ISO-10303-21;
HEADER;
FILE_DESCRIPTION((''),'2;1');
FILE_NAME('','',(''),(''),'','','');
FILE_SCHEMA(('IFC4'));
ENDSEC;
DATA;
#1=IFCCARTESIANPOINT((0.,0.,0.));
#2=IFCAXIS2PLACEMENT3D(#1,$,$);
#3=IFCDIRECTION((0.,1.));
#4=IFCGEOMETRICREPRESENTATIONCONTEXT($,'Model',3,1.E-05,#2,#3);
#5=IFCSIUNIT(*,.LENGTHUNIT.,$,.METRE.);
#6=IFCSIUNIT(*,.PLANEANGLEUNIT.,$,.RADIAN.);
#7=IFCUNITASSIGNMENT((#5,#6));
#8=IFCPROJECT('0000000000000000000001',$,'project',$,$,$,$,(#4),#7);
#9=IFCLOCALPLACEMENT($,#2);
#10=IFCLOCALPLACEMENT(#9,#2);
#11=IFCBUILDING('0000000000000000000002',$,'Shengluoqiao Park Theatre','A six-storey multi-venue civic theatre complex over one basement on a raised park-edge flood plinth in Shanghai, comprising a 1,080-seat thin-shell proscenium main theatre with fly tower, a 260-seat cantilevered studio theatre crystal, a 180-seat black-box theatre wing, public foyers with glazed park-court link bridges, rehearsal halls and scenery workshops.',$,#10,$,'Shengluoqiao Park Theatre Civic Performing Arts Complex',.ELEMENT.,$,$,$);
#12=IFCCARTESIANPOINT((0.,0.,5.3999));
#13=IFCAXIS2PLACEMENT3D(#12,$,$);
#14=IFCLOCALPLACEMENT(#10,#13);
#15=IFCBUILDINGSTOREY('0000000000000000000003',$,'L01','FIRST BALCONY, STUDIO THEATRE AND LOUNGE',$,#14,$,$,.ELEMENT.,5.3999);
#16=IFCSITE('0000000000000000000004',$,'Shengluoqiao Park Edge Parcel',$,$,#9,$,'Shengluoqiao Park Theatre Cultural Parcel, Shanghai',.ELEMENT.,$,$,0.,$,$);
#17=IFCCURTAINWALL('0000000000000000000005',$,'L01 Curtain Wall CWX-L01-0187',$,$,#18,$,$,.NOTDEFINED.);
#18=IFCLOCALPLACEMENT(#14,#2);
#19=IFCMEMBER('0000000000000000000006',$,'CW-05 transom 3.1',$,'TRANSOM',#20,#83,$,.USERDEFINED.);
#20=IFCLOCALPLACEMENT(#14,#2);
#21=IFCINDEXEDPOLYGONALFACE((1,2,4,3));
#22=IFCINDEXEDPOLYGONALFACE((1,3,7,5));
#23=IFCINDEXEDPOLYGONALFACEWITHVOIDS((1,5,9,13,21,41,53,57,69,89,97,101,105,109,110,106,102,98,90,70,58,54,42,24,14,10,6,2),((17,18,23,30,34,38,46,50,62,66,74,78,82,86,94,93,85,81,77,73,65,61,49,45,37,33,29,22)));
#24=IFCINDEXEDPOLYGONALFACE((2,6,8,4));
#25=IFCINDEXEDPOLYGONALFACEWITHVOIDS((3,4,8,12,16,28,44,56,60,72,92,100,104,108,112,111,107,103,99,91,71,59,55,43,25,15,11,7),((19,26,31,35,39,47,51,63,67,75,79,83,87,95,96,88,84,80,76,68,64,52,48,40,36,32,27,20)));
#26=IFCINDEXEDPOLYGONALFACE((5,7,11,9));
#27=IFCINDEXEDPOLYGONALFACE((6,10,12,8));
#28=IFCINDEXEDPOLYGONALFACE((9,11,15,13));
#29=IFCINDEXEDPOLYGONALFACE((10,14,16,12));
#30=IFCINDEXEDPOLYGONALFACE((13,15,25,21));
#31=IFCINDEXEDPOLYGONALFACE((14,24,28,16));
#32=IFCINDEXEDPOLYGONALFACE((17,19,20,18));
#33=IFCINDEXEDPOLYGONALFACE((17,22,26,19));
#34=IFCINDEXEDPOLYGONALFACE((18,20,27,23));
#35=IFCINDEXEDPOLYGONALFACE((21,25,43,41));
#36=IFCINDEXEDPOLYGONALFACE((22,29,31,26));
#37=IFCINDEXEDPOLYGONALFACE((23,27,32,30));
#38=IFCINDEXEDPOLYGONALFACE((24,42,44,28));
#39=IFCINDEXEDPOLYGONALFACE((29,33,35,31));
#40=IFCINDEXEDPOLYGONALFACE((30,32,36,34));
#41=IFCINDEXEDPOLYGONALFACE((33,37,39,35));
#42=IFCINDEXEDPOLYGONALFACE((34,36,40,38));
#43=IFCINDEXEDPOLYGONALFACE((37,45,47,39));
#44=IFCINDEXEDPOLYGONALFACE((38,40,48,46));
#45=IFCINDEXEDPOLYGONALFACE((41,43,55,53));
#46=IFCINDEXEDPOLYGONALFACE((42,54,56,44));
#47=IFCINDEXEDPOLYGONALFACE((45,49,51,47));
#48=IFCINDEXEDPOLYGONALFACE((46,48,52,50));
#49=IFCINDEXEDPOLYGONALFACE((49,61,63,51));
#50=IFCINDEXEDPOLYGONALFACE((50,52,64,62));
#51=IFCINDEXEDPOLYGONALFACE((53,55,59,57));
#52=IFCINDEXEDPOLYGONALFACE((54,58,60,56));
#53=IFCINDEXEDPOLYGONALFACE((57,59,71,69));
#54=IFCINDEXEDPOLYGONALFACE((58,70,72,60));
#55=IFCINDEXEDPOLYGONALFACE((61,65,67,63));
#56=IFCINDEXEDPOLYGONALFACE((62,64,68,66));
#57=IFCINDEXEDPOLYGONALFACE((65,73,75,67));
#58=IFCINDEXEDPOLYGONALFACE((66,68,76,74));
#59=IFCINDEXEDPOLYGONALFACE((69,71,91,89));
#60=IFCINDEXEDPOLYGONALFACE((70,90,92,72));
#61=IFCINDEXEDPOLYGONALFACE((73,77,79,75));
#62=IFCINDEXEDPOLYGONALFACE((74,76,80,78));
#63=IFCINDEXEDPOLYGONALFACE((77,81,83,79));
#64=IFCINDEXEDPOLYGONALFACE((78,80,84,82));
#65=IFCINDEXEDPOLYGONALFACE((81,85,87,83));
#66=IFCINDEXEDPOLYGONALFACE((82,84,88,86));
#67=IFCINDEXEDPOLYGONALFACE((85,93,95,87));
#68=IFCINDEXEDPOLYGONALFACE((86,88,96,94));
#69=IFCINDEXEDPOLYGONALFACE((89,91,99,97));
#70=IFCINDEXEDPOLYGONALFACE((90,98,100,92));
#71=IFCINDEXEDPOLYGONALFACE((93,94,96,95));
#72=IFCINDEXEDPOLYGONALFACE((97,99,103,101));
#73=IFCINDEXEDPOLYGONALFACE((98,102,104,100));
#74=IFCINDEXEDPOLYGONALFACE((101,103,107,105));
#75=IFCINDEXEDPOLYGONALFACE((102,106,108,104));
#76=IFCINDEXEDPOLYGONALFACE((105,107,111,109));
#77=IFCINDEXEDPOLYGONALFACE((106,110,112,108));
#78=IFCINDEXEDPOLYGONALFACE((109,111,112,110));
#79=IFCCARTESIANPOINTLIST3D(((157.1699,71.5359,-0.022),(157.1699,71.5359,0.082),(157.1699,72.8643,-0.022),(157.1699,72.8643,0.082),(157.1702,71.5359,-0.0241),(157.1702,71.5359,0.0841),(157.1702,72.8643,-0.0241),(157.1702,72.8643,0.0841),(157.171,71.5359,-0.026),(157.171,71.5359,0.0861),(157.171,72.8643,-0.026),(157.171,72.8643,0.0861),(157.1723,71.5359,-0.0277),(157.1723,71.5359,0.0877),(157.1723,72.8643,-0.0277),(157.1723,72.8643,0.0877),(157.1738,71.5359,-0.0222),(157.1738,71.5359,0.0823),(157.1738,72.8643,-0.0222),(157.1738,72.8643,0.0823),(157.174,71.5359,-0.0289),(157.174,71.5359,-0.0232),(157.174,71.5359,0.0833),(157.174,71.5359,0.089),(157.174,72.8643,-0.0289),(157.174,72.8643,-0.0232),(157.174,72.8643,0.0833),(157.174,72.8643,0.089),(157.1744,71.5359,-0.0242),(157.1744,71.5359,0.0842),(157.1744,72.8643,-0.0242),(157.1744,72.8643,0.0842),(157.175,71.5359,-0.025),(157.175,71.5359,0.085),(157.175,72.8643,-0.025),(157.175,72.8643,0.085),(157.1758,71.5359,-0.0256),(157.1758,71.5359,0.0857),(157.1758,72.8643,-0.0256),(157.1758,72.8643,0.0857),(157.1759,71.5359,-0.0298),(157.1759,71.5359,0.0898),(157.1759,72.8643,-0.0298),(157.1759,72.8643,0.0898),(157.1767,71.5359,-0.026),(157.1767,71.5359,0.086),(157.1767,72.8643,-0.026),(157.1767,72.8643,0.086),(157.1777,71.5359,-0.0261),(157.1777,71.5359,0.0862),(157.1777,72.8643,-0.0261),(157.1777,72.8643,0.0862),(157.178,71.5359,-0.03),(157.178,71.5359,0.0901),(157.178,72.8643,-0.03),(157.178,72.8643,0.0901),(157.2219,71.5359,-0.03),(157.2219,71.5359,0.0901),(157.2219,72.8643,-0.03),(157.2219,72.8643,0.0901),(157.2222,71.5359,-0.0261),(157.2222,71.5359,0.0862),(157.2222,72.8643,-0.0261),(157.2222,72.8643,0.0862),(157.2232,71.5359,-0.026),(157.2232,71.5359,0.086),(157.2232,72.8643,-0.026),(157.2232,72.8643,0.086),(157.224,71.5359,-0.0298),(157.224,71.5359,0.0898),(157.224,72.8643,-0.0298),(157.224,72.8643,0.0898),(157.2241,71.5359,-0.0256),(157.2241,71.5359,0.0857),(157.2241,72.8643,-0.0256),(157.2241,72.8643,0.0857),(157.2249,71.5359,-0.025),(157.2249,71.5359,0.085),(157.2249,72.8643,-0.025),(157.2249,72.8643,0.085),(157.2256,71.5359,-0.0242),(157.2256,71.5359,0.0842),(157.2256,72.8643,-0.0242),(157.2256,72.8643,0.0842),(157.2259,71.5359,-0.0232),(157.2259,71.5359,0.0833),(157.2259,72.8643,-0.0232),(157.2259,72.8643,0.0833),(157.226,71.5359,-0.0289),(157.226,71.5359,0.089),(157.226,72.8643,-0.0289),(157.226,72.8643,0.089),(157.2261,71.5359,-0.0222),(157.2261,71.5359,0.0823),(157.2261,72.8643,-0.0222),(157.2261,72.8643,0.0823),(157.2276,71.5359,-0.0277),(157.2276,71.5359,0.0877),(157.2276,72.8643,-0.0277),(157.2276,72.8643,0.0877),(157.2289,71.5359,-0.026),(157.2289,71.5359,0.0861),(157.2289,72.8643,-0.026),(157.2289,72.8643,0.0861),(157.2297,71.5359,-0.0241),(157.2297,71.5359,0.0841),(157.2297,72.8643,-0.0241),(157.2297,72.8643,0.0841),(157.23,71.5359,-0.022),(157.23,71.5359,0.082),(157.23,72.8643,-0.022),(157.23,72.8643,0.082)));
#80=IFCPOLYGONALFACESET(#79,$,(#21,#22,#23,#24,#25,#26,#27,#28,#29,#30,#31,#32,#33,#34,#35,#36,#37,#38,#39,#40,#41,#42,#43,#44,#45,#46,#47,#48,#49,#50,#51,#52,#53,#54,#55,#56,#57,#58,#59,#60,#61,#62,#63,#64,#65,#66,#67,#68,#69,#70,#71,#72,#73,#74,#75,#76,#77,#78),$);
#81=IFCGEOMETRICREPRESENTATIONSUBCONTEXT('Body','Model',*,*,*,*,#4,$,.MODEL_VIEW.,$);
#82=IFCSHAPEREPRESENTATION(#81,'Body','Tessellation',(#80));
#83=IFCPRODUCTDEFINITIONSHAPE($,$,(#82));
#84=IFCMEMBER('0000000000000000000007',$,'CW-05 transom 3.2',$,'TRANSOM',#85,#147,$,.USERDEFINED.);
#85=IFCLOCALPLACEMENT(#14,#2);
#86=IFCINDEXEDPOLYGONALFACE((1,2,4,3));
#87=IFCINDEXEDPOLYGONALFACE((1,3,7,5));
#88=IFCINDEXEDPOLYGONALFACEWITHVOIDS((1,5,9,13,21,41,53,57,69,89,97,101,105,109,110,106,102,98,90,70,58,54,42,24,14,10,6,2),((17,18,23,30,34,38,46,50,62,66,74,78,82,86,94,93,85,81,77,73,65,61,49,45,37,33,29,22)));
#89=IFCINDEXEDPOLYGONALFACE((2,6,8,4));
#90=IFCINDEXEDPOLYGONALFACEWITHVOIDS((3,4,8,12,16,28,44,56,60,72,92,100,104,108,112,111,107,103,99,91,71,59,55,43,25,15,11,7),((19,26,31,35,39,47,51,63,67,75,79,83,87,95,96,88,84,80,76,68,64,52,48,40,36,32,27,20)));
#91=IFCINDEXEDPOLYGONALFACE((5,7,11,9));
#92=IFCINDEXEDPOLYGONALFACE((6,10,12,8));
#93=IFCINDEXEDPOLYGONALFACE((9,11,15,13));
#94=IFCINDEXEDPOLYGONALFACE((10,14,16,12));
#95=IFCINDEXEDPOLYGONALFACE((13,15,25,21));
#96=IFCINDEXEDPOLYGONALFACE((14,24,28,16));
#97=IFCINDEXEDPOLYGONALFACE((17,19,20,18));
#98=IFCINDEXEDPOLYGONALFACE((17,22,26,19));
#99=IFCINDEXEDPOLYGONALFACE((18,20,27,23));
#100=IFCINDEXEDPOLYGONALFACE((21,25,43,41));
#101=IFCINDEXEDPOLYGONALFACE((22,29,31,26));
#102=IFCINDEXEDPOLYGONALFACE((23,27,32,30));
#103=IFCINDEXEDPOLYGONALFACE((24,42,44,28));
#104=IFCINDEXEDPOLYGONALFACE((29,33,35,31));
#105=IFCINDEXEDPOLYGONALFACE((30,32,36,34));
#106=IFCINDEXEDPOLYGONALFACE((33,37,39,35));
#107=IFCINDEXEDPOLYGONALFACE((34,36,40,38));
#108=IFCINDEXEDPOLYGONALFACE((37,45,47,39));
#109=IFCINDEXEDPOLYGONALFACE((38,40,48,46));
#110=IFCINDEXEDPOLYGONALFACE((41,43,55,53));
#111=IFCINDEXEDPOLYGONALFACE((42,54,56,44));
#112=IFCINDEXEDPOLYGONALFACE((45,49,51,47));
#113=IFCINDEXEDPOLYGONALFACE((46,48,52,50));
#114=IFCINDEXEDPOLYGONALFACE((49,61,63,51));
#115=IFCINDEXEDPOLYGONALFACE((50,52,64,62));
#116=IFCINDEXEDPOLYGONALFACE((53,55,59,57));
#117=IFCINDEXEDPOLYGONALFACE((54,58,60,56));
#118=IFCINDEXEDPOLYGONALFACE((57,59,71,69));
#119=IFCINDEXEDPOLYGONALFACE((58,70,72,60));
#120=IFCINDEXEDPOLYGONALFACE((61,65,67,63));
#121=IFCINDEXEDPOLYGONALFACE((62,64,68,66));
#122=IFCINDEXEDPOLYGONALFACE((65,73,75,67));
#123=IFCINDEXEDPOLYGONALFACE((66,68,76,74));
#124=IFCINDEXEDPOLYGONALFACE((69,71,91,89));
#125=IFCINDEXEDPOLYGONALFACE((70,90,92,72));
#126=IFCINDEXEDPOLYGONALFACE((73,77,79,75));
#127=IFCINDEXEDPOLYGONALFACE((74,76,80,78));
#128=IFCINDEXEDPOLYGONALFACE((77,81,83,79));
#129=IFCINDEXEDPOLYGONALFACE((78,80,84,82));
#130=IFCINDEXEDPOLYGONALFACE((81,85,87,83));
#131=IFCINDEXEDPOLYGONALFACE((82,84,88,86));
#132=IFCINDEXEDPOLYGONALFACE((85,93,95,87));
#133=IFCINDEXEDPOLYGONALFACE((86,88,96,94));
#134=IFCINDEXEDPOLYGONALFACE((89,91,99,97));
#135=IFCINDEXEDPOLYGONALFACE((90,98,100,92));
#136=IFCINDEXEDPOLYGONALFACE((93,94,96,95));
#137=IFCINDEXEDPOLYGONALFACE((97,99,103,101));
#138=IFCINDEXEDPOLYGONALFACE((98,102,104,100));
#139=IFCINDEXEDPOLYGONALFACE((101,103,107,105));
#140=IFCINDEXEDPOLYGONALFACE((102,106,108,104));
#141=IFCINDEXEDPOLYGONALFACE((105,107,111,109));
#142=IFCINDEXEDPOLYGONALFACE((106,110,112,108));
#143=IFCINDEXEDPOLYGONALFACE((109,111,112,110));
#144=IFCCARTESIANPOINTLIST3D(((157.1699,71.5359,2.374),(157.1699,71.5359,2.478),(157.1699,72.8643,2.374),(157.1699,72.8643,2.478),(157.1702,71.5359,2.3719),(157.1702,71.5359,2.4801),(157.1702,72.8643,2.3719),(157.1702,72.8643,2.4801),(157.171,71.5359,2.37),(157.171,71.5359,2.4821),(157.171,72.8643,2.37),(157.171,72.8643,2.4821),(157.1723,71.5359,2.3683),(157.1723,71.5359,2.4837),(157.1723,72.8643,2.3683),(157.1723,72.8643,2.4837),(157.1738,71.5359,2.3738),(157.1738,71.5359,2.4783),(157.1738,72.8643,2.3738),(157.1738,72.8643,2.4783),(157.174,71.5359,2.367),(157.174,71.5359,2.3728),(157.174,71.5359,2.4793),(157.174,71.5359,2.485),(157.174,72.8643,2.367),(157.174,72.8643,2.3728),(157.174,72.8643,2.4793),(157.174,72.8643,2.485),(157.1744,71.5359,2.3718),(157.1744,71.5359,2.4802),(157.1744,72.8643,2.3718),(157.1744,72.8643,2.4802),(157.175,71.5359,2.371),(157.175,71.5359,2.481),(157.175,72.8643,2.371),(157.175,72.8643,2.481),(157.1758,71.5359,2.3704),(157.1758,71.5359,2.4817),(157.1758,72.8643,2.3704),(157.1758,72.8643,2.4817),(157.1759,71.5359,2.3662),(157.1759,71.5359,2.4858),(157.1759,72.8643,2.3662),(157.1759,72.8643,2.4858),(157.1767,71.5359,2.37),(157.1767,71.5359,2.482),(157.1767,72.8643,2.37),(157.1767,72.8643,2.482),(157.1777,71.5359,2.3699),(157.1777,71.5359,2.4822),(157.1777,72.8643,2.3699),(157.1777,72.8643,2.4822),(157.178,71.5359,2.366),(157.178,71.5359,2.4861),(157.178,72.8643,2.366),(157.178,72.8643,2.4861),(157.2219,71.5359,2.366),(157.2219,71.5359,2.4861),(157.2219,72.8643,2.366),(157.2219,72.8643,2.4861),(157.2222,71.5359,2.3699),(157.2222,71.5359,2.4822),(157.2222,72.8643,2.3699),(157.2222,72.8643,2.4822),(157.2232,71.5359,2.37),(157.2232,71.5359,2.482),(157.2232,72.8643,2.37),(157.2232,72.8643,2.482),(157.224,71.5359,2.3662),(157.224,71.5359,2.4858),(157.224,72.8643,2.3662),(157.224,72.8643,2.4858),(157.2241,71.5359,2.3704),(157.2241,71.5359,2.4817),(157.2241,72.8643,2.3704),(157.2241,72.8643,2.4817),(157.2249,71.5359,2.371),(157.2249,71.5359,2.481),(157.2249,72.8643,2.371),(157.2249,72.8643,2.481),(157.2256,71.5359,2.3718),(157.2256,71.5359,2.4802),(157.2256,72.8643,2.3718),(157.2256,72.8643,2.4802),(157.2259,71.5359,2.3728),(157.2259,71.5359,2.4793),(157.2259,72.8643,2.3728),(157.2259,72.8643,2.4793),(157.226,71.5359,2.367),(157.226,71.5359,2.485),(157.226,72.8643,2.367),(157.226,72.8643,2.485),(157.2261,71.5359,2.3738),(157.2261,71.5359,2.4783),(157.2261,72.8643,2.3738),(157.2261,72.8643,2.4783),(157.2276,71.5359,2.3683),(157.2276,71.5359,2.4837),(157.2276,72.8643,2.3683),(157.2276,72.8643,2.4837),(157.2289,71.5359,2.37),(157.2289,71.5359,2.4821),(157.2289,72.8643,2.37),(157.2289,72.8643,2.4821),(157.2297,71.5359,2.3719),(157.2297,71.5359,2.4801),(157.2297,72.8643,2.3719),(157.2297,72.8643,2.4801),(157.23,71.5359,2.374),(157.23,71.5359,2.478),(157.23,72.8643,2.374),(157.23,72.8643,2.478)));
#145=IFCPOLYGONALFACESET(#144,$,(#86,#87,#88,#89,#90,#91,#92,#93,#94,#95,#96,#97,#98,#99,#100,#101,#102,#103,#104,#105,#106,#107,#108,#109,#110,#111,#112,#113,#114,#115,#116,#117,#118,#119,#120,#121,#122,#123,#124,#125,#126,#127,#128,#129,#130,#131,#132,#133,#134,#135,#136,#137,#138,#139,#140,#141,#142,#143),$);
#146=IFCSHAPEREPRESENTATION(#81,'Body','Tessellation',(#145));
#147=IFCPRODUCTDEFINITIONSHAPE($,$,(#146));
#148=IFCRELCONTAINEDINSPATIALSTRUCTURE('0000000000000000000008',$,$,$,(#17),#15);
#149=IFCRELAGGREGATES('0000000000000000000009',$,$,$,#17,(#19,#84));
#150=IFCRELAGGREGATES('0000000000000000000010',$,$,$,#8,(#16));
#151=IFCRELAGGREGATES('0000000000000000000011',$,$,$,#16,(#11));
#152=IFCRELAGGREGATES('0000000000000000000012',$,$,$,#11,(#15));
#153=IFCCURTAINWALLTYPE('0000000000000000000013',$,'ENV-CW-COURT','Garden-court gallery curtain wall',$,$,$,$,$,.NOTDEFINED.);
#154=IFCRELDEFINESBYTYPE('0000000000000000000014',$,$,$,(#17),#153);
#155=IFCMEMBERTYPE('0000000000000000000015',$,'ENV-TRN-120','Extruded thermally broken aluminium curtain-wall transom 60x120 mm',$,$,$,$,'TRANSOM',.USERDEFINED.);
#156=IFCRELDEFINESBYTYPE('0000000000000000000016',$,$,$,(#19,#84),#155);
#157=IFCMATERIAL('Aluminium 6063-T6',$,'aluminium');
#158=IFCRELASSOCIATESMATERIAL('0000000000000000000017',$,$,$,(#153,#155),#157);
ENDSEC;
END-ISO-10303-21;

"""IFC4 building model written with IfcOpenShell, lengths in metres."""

from ifc_helpers import new_model, si_unit, direction, frame, origin, origin_2d, place, context, subcontext, project, spatial, hollow_rectangle, extrude, material, material_profile, profile_set, type_object, element, aggregate, save


model = new_model("IFC4")

# Units and contexts
model_context = context("Model", 3, precision=1e-05, world=origin(), true_north=direction((0.0, 1.0)))
body_context = subcontext(model_context, "Body", "Model", "MODEL_VIEW")
ifc_project = project(units=[si_unit("LENGTHUNIT", "METRE"), si_unit("PLANEANGLEUNIT", "RADIAN")], contexts=[model_context])

# Site, building, storey
site_placement = place(None, origin())
site = spatial("IfcSite", under=ifc_project, at=site_placement, Name="Shengluoqiao Park Edge Parcel", LongName="Shengluoqiao Park Theatre Cultural Parcel, Shanghai", CompositionType="ELEMENT", RefElevation=0.0)
building_placement = place(site_placement, origin())
building = spatial("IfcBuilding", under=site, at=building_placement, Name="Shengluoqiao Park Theatre", Description="A six-storey multi-venue civic theatre complex over one basement on a raised park-edge flood plinth in Shanghai, comprising a 1,080-seat thin-shell proscenium main theatre with fly tower, a 260-seat cantilevered studio theatre crystal, a 180-seat black-box theatre wing, public foyers with glazed park-court link bridges, rehearsal halls and scenery workshops.", LongName="Shengluoqiao Park Theatre Civic Performing Arts Complex", CompositionType="ELEMENT")
storey_placement = place(building_placement, frame((0.0, 0.0, 5.3999)))
storey = spatial("IfcBuildingStorey", under=building, at=storey_placement, Name="L01", Description="FIRST BALCONY, STUDIO THEATRE AND LOUNGE", CompositionType="ELEMENT", Elevation=5.3999)

# Curtain wall, members
ifc_material_1 = material(Name="Aluminium 6063-T6", Category="aluminium")
curtain_wall_type = type_object("IfcCurtainWallType", Name="ENV-CW-COURT", Description="Garden-court gallery curtain wall", PredefinedType="NOTDEFINED", material=ifc_material_1)
curtain_wall_placement = place(storey_placement, origin())
curtain_wall = element("IfcCurtainWall", 1, at=curtain_wall_placement, inside=storey, type_object=curtain_wall_type, Name="L01 Curtain Wall CWX-L01-0187", PredefinedType="NOTDEFINED")
ifc_material_profile_1 = material_profile(ifc_material_1, hollow_rectangle(XDim=0.0601, YDim=0.1201, WallThickness=0.0039, InnerFilletRadius=0.0039, OuterFilletRadius=0.0081, at=origin_2d()), Name="ALU TRANSOM 120x60x4")
ifc_profile_set_1 = profile_set([ifc_material_profile_1], Name="Aluminium 6063-T6")
member_type_1 = type_object("IfcMemberType", Name="ENV-TRN-120", Description="Extruded thermally broken aluminium curtain-wall transom 60x120 mm", ElementType="TRANSOM", PredefinedType="USERDEFINED", material=ifc_profile_set_1)
member_1_placement = place(storey_placement, frame((157.2, 71.5359, 0.03), z_axis=(0.0, 1.0, 0.0), x_axis=(-1.0, 0.0, 0.0)))
member_1 = element("IfcMember", 2, at=member_1_placement, type_object=member_type_1, Name="CW-05 transom 3.1", ObjectType="TRANSOM", PredefinedType="USERDEFINED", context=body_context, shape_type="SweptSolid", body=[
    extrude(hollow_rectangle(XDim=0.0601, YDim=0.1201, WallThickness=0.0039, InnerFilletRadius=0.0039, OuterFilletRadius=0.0081, at=origin_2d()), origin(), (0.0, 0.0, 1.0), 1.3284),
])
member_2_placement = place(storey_placement, frame((157.2, 71.5359, 2.426), z_axis=(0.0, 1.0, 0.0), x_axis=(-1.0, 0.0, 0.0)))
member_2 = element("IfcMember", 3, at=member_2_placement, type_object=member_type_1, Name="CW-05 transom 3.2", ObjectType="TRANSOM", PredefinedType="USERDEFINED", context=body_context, shape_type="SweptSolid", body=[
    extrude(hollow_rectangle(XDim=0.0601, YDim=0.1201, WallThickness=0.0039, InnerFilletRadius=0.0039, OuterFilletRadius=0.0081, at=origin_2d()), origin(), (0.0, 0.0, 1.0), 1.3284),
])

aggregate(curtain_wall, [member_1, member_2])

save(model, "model.ifc")
